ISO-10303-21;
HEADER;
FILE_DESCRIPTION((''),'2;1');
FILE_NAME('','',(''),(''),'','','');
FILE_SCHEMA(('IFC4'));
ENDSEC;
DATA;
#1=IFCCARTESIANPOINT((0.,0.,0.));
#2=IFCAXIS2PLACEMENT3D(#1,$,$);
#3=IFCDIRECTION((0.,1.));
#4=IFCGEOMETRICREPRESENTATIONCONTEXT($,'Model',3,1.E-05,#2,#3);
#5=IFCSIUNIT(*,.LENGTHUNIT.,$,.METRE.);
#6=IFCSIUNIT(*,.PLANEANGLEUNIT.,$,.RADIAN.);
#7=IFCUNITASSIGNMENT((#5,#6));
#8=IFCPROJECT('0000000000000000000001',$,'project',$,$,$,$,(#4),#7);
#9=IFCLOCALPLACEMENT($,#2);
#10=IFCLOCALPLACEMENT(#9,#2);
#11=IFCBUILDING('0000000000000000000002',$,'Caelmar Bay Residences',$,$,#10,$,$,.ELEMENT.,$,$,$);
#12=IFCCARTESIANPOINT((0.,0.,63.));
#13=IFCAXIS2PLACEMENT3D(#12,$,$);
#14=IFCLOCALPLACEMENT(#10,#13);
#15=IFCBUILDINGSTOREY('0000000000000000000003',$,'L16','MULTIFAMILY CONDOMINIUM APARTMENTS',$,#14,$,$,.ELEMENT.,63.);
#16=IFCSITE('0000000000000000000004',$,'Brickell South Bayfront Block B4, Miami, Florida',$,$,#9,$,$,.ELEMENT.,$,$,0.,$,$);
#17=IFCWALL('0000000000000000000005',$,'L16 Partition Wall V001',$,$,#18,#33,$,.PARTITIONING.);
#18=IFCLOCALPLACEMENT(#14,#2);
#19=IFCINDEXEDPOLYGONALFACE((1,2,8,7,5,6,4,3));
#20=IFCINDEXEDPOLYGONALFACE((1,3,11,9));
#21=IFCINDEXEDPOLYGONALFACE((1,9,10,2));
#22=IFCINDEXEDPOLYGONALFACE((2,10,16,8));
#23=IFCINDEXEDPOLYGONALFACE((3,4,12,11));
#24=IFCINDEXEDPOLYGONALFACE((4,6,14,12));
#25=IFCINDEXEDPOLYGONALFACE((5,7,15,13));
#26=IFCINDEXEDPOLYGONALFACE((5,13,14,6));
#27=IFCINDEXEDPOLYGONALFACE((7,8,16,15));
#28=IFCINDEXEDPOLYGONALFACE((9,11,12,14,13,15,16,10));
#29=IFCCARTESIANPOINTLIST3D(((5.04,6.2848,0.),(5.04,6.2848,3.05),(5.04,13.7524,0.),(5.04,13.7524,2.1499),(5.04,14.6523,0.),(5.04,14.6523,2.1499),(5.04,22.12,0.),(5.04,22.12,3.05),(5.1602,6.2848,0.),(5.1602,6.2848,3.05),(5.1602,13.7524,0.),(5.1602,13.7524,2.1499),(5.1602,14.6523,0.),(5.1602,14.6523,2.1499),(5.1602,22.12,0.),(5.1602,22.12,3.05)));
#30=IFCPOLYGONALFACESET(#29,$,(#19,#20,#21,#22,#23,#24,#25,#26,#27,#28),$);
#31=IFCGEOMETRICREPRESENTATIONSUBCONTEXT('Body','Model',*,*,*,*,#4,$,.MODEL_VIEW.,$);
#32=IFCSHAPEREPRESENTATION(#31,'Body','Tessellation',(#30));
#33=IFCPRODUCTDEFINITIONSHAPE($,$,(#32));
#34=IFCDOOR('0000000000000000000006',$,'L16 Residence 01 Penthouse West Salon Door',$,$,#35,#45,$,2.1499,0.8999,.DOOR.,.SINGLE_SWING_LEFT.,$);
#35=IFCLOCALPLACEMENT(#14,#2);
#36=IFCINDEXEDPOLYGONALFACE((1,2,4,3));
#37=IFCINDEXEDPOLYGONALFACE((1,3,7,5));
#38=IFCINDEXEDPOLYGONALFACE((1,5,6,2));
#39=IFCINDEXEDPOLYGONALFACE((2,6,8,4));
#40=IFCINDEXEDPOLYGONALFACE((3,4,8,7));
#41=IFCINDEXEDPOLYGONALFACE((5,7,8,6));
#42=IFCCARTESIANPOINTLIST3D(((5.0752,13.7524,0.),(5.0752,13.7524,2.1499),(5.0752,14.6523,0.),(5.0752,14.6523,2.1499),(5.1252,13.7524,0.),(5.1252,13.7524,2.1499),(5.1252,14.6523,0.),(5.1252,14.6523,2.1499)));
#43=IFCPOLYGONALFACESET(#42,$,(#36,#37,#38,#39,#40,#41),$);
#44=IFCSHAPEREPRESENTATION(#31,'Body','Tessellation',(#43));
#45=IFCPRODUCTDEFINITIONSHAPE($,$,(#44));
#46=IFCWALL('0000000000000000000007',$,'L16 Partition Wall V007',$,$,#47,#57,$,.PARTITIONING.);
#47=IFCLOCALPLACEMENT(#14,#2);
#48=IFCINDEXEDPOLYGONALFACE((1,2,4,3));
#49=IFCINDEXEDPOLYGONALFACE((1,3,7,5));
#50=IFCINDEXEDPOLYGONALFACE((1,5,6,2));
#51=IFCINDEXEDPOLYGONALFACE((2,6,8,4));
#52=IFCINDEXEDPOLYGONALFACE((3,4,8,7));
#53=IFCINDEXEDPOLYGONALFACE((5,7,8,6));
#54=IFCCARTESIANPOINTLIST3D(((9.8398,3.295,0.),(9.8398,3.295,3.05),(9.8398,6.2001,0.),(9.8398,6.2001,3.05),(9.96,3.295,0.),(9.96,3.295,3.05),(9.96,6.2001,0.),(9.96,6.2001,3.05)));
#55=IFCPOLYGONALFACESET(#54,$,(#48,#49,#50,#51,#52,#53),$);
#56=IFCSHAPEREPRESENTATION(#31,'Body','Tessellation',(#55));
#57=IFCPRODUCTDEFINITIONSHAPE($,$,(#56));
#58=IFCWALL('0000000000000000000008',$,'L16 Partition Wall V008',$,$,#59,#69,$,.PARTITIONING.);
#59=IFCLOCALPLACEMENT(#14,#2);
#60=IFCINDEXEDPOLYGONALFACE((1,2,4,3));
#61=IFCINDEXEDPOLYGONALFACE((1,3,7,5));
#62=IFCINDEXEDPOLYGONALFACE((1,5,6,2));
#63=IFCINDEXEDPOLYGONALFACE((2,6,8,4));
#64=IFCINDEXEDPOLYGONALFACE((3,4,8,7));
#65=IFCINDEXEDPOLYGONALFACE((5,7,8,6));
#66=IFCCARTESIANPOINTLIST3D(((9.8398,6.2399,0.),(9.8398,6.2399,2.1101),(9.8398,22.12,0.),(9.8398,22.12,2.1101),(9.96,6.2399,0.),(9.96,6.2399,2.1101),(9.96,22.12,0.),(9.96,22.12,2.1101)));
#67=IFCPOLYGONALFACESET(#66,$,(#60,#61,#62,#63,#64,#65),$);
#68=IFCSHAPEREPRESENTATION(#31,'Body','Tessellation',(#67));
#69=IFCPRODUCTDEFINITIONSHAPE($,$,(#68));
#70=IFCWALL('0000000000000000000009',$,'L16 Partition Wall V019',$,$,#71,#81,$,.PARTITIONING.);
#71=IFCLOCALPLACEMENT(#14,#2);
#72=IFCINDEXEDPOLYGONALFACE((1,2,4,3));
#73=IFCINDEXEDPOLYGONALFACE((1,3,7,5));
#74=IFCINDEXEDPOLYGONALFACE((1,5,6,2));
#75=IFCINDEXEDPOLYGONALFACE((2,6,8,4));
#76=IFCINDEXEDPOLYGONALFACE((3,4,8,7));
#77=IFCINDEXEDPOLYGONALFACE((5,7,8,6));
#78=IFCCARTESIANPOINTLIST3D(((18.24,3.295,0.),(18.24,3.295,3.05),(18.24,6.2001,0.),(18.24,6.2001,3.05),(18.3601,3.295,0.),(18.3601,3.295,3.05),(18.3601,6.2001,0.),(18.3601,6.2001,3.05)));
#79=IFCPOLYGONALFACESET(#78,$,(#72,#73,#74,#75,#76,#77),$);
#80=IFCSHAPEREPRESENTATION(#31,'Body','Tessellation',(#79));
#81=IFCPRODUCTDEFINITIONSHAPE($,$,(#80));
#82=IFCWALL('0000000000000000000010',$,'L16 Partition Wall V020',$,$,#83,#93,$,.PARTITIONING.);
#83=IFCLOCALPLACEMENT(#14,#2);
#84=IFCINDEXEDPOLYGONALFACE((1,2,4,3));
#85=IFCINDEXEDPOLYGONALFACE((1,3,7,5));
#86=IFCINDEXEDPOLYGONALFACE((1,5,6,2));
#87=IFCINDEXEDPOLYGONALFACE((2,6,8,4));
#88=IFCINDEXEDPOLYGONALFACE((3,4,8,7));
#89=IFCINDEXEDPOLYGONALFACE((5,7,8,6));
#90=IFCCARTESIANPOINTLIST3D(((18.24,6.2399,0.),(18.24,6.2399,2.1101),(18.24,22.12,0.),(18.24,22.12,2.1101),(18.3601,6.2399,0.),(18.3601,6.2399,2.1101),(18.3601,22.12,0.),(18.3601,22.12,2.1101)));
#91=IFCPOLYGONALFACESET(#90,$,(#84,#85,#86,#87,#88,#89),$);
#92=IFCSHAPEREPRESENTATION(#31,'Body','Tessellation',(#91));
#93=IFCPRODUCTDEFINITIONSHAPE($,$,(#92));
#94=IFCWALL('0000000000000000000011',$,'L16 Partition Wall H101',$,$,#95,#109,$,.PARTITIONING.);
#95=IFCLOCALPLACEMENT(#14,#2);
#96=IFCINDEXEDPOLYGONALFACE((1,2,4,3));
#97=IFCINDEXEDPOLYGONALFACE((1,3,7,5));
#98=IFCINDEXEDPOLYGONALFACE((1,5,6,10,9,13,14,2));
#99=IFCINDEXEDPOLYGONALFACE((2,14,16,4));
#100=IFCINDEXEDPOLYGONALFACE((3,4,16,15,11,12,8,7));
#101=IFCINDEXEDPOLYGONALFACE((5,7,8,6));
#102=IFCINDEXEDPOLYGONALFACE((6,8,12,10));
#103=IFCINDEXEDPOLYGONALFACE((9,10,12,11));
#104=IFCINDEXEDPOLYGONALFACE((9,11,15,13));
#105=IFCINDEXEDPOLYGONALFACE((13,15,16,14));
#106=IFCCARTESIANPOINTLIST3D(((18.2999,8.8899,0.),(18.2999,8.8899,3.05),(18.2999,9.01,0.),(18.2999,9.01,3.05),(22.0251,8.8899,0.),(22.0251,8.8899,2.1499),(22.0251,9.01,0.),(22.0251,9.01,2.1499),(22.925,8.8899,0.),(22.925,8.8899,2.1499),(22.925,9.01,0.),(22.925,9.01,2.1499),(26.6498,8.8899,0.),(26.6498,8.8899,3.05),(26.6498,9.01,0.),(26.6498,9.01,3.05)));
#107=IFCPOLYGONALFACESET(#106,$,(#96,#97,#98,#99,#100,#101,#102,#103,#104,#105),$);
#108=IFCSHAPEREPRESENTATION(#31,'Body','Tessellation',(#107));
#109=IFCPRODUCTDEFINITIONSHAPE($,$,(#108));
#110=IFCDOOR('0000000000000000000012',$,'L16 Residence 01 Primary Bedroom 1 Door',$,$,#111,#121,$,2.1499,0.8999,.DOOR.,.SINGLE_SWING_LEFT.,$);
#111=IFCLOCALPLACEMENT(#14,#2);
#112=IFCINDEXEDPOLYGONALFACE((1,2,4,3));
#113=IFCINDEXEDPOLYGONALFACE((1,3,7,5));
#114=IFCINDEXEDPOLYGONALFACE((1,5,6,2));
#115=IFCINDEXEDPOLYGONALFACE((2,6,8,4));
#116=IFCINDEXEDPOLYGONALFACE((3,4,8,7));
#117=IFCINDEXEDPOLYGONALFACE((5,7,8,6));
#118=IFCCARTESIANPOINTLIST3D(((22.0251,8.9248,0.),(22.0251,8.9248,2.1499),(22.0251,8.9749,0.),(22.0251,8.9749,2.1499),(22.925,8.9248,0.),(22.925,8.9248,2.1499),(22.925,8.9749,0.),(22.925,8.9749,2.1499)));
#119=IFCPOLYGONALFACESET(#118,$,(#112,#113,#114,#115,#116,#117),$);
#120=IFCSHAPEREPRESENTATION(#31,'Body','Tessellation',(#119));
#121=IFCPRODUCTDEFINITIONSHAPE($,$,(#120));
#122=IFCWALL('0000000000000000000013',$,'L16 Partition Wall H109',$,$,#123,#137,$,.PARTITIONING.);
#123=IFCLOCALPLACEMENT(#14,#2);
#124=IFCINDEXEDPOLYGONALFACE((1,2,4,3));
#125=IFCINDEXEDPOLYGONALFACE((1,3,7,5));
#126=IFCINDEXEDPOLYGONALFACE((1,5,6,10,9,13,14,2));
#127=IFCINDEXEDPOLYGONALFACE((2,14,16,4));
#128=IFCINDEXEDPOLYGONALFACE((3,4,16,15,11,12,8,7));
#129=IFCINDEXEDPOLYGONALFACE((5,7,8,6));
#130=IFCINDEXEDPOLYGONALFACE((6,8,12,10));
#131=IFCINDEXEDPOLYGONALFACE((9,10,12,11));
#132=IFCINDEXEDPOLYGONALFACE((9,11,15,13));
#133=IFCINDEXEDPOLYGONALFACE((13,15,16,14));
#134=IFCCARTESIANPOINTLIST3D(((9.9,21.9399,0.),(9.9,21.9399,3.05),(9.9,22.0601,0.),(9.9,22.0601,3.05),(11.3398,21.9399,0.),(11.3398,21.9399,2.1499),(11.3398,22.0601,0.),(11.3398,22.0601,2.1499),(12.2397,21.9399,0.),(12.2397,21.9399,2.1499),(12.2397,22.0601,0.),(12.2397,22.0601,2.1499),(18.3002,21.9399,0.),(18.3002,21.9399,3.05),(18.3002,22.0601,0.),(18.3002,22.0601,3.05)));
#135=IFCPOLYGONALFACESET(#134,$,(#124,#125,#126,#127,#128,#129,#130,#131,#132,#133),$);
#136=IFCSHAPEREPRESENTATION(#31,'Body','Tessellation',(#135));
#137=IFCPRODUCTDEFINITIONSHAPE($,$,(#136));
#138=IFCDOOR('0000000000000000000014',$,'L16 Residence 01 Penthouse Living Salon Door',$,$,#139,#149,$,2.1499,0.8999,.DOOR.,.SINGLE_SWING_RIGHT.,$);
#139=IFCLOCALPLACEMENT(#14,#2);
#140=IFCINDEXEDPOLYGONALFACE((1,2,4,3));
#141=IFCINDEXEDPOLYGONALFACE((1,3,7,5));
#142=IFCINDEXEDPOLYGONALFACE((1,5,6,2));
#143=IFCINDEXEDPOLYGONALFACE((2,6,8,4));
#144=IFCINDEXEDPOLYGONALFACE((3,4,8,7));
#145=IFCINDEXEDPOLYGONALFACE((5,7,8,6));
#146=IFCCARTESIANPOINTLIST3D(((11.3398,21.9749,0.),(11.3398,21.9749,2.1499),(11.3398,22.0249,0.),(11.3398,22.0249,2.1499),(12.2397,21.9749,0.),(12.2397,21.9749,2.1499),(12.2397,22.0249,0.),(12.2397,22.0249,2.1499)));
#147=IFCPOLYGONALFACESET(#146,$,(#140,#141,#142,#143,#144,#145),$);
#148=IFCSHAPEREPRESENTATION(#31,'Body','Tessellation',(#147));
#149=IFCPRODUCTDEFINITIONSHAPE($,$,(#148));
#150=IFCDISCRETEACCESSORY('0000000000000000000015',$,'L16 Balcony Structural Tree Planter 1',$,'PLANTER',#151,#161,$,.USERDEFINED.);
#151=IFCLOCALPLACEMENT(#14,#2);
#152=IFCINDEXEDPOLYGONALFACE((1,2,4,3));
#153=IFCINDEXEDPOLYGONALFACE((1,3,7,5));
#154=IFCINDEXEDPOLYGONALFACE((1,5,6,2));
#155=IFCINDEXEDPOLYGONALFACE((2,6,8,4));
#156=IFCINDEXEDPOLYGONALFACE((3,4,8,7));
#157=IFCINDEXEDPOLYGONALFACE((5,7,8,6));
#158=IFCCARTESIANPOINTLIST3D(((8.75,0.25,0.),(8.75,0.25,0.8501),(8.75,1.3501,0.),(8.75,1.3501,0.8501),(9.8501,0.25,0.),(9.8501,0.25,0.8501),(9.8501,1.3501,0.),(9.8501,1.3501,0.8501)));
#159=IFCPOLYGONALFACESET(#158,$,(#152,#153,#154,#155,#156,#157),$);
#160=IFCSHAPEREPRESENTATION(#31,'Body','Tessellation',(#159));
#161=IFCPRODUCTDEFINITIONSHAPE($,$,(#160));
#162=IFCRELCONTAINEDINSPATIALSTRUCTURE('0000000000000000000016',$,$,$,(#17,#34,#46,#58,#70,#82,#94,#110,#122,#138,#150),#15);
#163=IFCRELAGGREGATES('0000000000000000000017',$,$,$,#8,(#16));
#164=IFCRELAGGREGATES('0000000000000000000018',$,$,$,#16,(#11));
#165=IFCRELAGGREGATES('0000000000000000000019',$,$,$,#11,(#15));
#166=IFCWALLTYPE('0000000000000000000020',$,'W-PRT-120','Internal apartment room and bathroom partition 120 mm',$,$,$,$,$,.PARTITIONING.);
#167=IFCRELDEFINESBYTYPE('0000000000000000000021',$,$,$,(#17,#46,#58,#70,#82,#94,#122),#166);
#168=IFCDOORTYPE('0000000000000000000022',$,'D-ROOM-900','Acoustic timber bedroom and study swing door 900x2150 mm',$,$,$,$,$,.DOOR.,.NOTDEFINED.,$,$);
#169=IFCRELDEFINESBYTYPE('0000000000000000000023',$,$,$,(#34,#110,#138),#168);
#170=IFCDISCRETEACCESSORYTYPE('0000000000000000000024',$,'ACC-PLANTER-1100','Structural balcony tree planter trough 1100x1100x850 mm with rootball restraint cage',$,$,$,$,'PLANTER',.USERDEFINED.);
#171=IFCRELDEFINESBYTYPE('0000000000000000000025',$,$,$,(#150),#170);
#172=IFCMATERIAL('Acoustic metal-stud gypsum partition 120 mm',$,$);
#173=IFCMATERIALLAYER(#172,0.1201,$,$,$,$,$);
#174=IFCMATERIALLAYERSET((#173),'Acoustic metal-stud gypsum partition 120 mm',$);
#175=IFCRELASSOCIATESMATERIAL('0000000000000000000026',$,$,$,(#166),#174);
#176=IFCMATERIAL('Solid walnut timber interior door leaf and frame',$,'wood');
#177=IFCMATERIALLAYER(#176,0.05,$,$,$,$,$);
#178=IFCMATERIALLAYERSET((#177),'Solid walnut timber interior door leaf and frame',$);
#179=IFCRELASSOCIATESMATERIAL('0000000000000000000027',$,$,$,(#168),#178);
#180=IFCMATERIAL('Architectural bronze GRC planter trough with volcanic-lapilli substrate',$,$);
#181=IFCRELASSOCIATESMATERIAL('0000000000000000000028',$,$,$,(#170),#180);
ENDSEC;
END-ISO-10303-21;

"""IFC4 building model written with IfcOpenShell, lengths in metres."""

from ifc_helpers import new_model, si_unit, direction, frame, frame_2d, origin, origin_2d, place, context, subcontext, project, spatial, rectangle, extrude, material, layer, layer_set, type_object, element, fill, save


model = new_model("IFC4")

# Units and contexts
model_context = context("Model", 3, precision=1e-05, world=origin(), true_north=direction((0.0, 1.0)))
body_context = subcontext(model_context, "Body", "Model", "MODEL_VIEW")
ifc_project = project(units=[si_unit("LENGTHUNIT", "METRE"), si_unit("PLANEANGLEUNIT", "RADIAN")], contexts=[model_context])

# Site, building, storey
site_placement = place(None, origin())
site = spatial("IfcSite", under=ifc_project, at=site_placement, Name="Brickell South Bayfront Block B4, Miami, Florida", CompositionType="ELEMENT", RefElevation=0.0)
building_placement = place(site_placement, origin())
building = spatial("IfcBuilding", under=site, at=building_placement, Name="Caelmar Bay Residences", CompositionType="ELEMENT")
storey_placement = place(building_placement, frame((0.0, 0.0, 63.0)))
storey = spatial("IfcBuildingStorey", under=building, at=storey_placement, Name="L16", Description="MULTIFAMILY CONDOMINIUM APARTMENTS", CompositionType="ELEMENT", Elevation=63.0)

# Wall, opening, door
ifc_material_1 = material(Name="Acoustic metal-stud gypsum partition 120 mm")
ifc_layer_1 = layer(ifc_material_1, 0.1201)
ifc_layer_set_1 = layer_set([ifc_layer_1], Name="Acoustic metal-stud gypsum partition 120 mm")
wall_type_1 = type_object("IfcWallType", Name="W-PRT-120", Description="Internal apartment room and bathroom partition 120 mm", PredefinedType="PARTITIONING", material=ifc_layer_set_1)
wall_1_placement = place(storey_placement, frame((5.1001, 6.2849, 0.0), z_axis=(0.0, 0.0, 1.0), x_axis=(0.0, 1.0, 0.0)))
wall_1 = element("IfcWall", 1, at=wall_1_placement, inside=storey, type_object=wall_type_1, Name="L16 Partition Wall V001", PredefinedType="PARTITIONING", context=body_context, shape_type="SweptSolid", body=[
    extrude(rectangle(XDim=15.8352, YDim=0.1201, at=frame_2d((7.9175, 0.0))), origin(), (0.0, 0.0, 1.0), 3.05),
])
opening_1_placement = place(wall_1_placement, frame((7.4675, 0.0, 0.0)))
opening_1 = element("IfcOpeningElement", 2, at=opening_1_placement, cuts=wall_1, PredefinedType="OPENING", context=body_context, shape_type="SweptSolid", body=[
    extrude(rectangle(XDim=0.8999, YDim=2.1499, at=frame_2d((0.45, 1.075))), frame((0.0, 0.0701, 0.0), z_axis=(0.0, -1.0, 0.0), x_axis=(1.0, 0.0, 0.0)), (0.0, 0.0, 1.0), 0.1401),
])
ifc_material_2 = material(Name="Solid walnut timber interior door leaf and frame", Category="wood")
ifc_layer_2 = layer(ifc_material_2, 0.05)
ifc_layer_set_2 = layer_set([ifc_layer_2], Name="Solid walnut timber interior door leaf and frame")
door_type = type_object("IfcDoorType", Name="D-ROOM-900", Description="Acoustic timber bedroom and study swing door 900x2150 mm", OperationType="NOTDEFINED", PredefinedType="DOOR", material=ifc_layer_set_2)
door_1_placement = place(opening_1_placement, origin())
door_1 = element("IfcDoor", 3, at=door_1_placement, inside=storey, type_object=door_type, Name="L16 Residence 01 Penthouse West Salon Door", OperationType="SINGLE_SWING_LEFT", OverallHeight=2.1499, OverallWidth=0.8999, PredefinedType="DOOR", context=body_context, shape_type="SweptSolid", body=[
    extrude(rectangle(XDim=0.8999, YDim=2.1499, at=frame_2d((0.45, 1.075))), frame((0.0, 0.0249, 0.0), z_axis=(0.0, -1.0, 0.0), x_axis=(1.0, 0.0, 0.0)), (0.0, 0.0, 1.0), 0.05),
])
fill(opening_1, door_1)

# Walls
wall_2_placement = place(storey_placement, frame((9.8999, 3.2949, 0.0), z_axis=(0.0, 0.0, 1.0), x_axis=(0.0, 1.0, 0.0)))
element("IfcWall", 4, at=wall_2_placement, inside=storey, type_object=wall_type_1, Name="L16 Partition Wall V007", PredefinedType="PARTITIONING", context=body_context, shape_type="SweptSolid", body=[
    extrude(rectangle(XDim=2.905, YDim=0.1201, at=frame_2d((1.4526, 0.0))), origin(), (0.0, 0.0, 1.0), 3.05),
])
wall_3_placement = place(storey_placement, frame((9.8999, 6.24, 0.0), z_axis=(0.0, 0.0, 1.0), x_axis=(0.0, 1.0, 0.0)))
element("IfcWall", 5, at=wall_3_placement, inside=storey, type_object=wall_type_1, Name="L16 Partition Wall V008", PredefinedType="PARTITIONING", context=body_context, shape_type="SweptSolid", body=[
    extrude(rectangle(XDim=15.8801, YDim=0.1201, at=frame_2d((7.9399, 0.0))), origin(), (0.0, 0.0, 1.0), 2.1101),
])
wall_4_placement = place(storey_placement, frame((18.3, 3.2949, 0.0), z_axis=(0.0, 0.0, 1.0), x_axis=(0.0, 1.0, 0.0)))
element("IfcWall", 6, at=wall_4_placement, inside=storey, type_object=wall_type_1, Name="L16 Partition Wall V019", PredefinedType="PARTITIONING", context=body_context, shape_type="SweptSolid", body=[
    extrude(rectangle(XDim=2.905, YDim=0.1201, at=frame_2d((1.4526, 0.0))), origin(), (0.0, 0.0, 1.0), 3.05),
])
wall_5_placement = place(storey_placement, frame((18.3, 6.24, 0.0), z_axis=(0.0, 0.0, 1.0), x_axis=(0.0, 1.0, 0.0)))
element("IfcWall", 7, at=wall_5_placement, inside=storey, type_object=wall_type_1, Name="L16 Partition Wall V020", PredefinedType="PARTITIONING", context=body_context, shape_type="SweptSolid", body=[
    extrude(rectangle(XDim=15.8801, YDim=0.1201, at=frame_2d((7.9399, 0.0))), origin(), (0.0, 0.0, 1.0), 2.1101),
])

# Walls, openings, doors
wall_6_placement = place(storey_placement, frame((18.3, 8.95, 0.0), z_axis=(0.0, 0.0, 1.0), x_axis=(1.0, 0.0, 0.0)))
wall_6 = element("IfcWall", 8, at=wall_6_placement, inside=storey, type_object=wall_type_1, Name="L16 Partition Wall H101", PredefinedType="PARTITIONING", context=body_context, shape_type="SweptSolid", body=[
    extrude(rectangle(XDim=8.3499, YDim=0.1201, at=frame_2d((4.1748, 0.0))), origin(), (0.0, 0.0, 1.0), 3.05),
])
opening_2_placement = place(wall_6_placement, frame((3.7251, 0.0, 0.0)))
opening_2 = element("IfcOpeningElement", 9, at=opening_2_placement, cuts=wall_6, PredefinedType="OPENING", context=body_context, shape_type="SweptSolid", body=[
    extrude(rectangle(XDim=0.8999, YDim=2.1499, at=frame_2d((0.45, 1.075))), frame((0.0, 0.0701, 0.0), z_axis=(0.0, -1.0, 0.0), x_axis=(1.0, 0.0, 0.0)), (0.0, 0.0, 1.0), 0.1401),
])
door_2_placement = place(opening_2_placement, origin())
door_2 = element("IfcDoor", 10, at=door_2_placement, inside=storey, type_object=door_type, Name="L16 Residence 01 Primary Bedroom 1 Door", OperationType="SINGLE_SWING_LEFT", OverallHeight=2.1499, OverallWidth=0.8999, PredefinedType="DOOR", context=body_context, shape_type="SweptSolid", body=[
    extrude(rectangle(XDim=0.8999, YDim=2.1499, at=frame_2d((0.45, 1.075))), frame((0.0, 0.0249, 0.0), z_axis=(0.0, -1.0, 0.0), x_axis=(1.0, 0.0, 0.0)), (0.0, 0.0, 1.0), 0.05),
])
fill(opening_2, door_2)
wall_7_placement = place(storey_placement, frame((9.8999, 22.0, 0.0), z_axis=(0.0, 0.0, 1.0), x_axis=(1.0, 0.0, 0.0)))
wall_7 = element("IfcWall", 11, at=wall_7_placement, inside=storey, type_object=wall_type_1, Name="L16 Partition Wall H109", PredefinedType="PARTITIONING", context=body_context, shape_type="SweptSolid", body=[
    extrude(rectangle(XDim=8.4001, YDim=0.1201, at=frame_2d((4.2002, 0.0))), origin(), (0.0, 0.0, 1.0), 3.05),
])
opening_3_placement = place(wall_7_placement, frame((1.4399, 0.0, 0.0)))
opening_3 = element("IfcOpeningElement", 12, at=opening_3_placement, cuts=wall_7, PredefinedType="OPENING", context=body_context, shape_type="SweptSolid", body=[
    extrude(rectangle(XDim=0.8999, YDim=2.1499, at=frame_2d((0.45, 1.075))), frame((0.0, 0.0701, 0.0), z_axis=(0.0, -1.0, 0.0), x_axis=(1.0, 0.0, 0.0)), (0.0, 0.0, 1.0), 0.1401),
])
door_3_placement = place(opening_3_placement, origin())
door_3 = element("IfcDoor", 13, at=door_3_placement, inside=storey, type_object=door_type, Name="L16 Residence 01 Penthouse Living Salon Door", OperationType="SINGLE_SWING_RIGHT", OverallHeight=2.1499, OverallWidth=0.8999, PredefinedType="DOOR", context=body_context, shape_type="SweptSolid", body=[
    extrude(rectangle(XDim=0.8999, YDim=2.1499, at=frame_2d((0.45, 1.075))), frame((0.0, 0.0249, 0.0), z_axis=(0.0, -1.0, 0.0), x_axis=(1.0, 0.0, 0.0)), (0.0, 0.0, 1.0), 0.05),
])
fill(opening_3, door_3)

# Discrete accessory
ifc_material_3 = material(Name="Architectural bronze GRC planter trough with volcanic-lapilli substrate")
discrete_accessory_type = type_object("IfcDiscreteAccessoryType", Name="ACC-PLANTER-1100", Description="Structural balcony tree planter trough 1100x1100x850 mm with rootball restraint cage", ElementType="PLANTER", PredefinedType="USERDEFINED", material=ifc_material_3)
discrete_accessory_placement = place(storey_placement, frame((9.3, 0.8, 0.0), z_axis=(0.0, 0.0, 1.0), x_axis=(1.0, 0.0, 0.0)))
element("IfcDiscreteAccessory", 14, at=discrete_accessory_placement, inside=storey, type_object=discrete_accessory_type, Name="L16 Balcony Structural Tree Planter 1", ObjectType="PLANTER", PredefinedType="USERDEFINED", context=body_context, shape_type="SweptSolid", body=[
    extrude(rectangle(XDim=1.1001, YDim=1.1001, at=origin_2d()), origin(), (0.0, 0.0, 1.0), 0.8501),
])

save(model, "model.ifc")
